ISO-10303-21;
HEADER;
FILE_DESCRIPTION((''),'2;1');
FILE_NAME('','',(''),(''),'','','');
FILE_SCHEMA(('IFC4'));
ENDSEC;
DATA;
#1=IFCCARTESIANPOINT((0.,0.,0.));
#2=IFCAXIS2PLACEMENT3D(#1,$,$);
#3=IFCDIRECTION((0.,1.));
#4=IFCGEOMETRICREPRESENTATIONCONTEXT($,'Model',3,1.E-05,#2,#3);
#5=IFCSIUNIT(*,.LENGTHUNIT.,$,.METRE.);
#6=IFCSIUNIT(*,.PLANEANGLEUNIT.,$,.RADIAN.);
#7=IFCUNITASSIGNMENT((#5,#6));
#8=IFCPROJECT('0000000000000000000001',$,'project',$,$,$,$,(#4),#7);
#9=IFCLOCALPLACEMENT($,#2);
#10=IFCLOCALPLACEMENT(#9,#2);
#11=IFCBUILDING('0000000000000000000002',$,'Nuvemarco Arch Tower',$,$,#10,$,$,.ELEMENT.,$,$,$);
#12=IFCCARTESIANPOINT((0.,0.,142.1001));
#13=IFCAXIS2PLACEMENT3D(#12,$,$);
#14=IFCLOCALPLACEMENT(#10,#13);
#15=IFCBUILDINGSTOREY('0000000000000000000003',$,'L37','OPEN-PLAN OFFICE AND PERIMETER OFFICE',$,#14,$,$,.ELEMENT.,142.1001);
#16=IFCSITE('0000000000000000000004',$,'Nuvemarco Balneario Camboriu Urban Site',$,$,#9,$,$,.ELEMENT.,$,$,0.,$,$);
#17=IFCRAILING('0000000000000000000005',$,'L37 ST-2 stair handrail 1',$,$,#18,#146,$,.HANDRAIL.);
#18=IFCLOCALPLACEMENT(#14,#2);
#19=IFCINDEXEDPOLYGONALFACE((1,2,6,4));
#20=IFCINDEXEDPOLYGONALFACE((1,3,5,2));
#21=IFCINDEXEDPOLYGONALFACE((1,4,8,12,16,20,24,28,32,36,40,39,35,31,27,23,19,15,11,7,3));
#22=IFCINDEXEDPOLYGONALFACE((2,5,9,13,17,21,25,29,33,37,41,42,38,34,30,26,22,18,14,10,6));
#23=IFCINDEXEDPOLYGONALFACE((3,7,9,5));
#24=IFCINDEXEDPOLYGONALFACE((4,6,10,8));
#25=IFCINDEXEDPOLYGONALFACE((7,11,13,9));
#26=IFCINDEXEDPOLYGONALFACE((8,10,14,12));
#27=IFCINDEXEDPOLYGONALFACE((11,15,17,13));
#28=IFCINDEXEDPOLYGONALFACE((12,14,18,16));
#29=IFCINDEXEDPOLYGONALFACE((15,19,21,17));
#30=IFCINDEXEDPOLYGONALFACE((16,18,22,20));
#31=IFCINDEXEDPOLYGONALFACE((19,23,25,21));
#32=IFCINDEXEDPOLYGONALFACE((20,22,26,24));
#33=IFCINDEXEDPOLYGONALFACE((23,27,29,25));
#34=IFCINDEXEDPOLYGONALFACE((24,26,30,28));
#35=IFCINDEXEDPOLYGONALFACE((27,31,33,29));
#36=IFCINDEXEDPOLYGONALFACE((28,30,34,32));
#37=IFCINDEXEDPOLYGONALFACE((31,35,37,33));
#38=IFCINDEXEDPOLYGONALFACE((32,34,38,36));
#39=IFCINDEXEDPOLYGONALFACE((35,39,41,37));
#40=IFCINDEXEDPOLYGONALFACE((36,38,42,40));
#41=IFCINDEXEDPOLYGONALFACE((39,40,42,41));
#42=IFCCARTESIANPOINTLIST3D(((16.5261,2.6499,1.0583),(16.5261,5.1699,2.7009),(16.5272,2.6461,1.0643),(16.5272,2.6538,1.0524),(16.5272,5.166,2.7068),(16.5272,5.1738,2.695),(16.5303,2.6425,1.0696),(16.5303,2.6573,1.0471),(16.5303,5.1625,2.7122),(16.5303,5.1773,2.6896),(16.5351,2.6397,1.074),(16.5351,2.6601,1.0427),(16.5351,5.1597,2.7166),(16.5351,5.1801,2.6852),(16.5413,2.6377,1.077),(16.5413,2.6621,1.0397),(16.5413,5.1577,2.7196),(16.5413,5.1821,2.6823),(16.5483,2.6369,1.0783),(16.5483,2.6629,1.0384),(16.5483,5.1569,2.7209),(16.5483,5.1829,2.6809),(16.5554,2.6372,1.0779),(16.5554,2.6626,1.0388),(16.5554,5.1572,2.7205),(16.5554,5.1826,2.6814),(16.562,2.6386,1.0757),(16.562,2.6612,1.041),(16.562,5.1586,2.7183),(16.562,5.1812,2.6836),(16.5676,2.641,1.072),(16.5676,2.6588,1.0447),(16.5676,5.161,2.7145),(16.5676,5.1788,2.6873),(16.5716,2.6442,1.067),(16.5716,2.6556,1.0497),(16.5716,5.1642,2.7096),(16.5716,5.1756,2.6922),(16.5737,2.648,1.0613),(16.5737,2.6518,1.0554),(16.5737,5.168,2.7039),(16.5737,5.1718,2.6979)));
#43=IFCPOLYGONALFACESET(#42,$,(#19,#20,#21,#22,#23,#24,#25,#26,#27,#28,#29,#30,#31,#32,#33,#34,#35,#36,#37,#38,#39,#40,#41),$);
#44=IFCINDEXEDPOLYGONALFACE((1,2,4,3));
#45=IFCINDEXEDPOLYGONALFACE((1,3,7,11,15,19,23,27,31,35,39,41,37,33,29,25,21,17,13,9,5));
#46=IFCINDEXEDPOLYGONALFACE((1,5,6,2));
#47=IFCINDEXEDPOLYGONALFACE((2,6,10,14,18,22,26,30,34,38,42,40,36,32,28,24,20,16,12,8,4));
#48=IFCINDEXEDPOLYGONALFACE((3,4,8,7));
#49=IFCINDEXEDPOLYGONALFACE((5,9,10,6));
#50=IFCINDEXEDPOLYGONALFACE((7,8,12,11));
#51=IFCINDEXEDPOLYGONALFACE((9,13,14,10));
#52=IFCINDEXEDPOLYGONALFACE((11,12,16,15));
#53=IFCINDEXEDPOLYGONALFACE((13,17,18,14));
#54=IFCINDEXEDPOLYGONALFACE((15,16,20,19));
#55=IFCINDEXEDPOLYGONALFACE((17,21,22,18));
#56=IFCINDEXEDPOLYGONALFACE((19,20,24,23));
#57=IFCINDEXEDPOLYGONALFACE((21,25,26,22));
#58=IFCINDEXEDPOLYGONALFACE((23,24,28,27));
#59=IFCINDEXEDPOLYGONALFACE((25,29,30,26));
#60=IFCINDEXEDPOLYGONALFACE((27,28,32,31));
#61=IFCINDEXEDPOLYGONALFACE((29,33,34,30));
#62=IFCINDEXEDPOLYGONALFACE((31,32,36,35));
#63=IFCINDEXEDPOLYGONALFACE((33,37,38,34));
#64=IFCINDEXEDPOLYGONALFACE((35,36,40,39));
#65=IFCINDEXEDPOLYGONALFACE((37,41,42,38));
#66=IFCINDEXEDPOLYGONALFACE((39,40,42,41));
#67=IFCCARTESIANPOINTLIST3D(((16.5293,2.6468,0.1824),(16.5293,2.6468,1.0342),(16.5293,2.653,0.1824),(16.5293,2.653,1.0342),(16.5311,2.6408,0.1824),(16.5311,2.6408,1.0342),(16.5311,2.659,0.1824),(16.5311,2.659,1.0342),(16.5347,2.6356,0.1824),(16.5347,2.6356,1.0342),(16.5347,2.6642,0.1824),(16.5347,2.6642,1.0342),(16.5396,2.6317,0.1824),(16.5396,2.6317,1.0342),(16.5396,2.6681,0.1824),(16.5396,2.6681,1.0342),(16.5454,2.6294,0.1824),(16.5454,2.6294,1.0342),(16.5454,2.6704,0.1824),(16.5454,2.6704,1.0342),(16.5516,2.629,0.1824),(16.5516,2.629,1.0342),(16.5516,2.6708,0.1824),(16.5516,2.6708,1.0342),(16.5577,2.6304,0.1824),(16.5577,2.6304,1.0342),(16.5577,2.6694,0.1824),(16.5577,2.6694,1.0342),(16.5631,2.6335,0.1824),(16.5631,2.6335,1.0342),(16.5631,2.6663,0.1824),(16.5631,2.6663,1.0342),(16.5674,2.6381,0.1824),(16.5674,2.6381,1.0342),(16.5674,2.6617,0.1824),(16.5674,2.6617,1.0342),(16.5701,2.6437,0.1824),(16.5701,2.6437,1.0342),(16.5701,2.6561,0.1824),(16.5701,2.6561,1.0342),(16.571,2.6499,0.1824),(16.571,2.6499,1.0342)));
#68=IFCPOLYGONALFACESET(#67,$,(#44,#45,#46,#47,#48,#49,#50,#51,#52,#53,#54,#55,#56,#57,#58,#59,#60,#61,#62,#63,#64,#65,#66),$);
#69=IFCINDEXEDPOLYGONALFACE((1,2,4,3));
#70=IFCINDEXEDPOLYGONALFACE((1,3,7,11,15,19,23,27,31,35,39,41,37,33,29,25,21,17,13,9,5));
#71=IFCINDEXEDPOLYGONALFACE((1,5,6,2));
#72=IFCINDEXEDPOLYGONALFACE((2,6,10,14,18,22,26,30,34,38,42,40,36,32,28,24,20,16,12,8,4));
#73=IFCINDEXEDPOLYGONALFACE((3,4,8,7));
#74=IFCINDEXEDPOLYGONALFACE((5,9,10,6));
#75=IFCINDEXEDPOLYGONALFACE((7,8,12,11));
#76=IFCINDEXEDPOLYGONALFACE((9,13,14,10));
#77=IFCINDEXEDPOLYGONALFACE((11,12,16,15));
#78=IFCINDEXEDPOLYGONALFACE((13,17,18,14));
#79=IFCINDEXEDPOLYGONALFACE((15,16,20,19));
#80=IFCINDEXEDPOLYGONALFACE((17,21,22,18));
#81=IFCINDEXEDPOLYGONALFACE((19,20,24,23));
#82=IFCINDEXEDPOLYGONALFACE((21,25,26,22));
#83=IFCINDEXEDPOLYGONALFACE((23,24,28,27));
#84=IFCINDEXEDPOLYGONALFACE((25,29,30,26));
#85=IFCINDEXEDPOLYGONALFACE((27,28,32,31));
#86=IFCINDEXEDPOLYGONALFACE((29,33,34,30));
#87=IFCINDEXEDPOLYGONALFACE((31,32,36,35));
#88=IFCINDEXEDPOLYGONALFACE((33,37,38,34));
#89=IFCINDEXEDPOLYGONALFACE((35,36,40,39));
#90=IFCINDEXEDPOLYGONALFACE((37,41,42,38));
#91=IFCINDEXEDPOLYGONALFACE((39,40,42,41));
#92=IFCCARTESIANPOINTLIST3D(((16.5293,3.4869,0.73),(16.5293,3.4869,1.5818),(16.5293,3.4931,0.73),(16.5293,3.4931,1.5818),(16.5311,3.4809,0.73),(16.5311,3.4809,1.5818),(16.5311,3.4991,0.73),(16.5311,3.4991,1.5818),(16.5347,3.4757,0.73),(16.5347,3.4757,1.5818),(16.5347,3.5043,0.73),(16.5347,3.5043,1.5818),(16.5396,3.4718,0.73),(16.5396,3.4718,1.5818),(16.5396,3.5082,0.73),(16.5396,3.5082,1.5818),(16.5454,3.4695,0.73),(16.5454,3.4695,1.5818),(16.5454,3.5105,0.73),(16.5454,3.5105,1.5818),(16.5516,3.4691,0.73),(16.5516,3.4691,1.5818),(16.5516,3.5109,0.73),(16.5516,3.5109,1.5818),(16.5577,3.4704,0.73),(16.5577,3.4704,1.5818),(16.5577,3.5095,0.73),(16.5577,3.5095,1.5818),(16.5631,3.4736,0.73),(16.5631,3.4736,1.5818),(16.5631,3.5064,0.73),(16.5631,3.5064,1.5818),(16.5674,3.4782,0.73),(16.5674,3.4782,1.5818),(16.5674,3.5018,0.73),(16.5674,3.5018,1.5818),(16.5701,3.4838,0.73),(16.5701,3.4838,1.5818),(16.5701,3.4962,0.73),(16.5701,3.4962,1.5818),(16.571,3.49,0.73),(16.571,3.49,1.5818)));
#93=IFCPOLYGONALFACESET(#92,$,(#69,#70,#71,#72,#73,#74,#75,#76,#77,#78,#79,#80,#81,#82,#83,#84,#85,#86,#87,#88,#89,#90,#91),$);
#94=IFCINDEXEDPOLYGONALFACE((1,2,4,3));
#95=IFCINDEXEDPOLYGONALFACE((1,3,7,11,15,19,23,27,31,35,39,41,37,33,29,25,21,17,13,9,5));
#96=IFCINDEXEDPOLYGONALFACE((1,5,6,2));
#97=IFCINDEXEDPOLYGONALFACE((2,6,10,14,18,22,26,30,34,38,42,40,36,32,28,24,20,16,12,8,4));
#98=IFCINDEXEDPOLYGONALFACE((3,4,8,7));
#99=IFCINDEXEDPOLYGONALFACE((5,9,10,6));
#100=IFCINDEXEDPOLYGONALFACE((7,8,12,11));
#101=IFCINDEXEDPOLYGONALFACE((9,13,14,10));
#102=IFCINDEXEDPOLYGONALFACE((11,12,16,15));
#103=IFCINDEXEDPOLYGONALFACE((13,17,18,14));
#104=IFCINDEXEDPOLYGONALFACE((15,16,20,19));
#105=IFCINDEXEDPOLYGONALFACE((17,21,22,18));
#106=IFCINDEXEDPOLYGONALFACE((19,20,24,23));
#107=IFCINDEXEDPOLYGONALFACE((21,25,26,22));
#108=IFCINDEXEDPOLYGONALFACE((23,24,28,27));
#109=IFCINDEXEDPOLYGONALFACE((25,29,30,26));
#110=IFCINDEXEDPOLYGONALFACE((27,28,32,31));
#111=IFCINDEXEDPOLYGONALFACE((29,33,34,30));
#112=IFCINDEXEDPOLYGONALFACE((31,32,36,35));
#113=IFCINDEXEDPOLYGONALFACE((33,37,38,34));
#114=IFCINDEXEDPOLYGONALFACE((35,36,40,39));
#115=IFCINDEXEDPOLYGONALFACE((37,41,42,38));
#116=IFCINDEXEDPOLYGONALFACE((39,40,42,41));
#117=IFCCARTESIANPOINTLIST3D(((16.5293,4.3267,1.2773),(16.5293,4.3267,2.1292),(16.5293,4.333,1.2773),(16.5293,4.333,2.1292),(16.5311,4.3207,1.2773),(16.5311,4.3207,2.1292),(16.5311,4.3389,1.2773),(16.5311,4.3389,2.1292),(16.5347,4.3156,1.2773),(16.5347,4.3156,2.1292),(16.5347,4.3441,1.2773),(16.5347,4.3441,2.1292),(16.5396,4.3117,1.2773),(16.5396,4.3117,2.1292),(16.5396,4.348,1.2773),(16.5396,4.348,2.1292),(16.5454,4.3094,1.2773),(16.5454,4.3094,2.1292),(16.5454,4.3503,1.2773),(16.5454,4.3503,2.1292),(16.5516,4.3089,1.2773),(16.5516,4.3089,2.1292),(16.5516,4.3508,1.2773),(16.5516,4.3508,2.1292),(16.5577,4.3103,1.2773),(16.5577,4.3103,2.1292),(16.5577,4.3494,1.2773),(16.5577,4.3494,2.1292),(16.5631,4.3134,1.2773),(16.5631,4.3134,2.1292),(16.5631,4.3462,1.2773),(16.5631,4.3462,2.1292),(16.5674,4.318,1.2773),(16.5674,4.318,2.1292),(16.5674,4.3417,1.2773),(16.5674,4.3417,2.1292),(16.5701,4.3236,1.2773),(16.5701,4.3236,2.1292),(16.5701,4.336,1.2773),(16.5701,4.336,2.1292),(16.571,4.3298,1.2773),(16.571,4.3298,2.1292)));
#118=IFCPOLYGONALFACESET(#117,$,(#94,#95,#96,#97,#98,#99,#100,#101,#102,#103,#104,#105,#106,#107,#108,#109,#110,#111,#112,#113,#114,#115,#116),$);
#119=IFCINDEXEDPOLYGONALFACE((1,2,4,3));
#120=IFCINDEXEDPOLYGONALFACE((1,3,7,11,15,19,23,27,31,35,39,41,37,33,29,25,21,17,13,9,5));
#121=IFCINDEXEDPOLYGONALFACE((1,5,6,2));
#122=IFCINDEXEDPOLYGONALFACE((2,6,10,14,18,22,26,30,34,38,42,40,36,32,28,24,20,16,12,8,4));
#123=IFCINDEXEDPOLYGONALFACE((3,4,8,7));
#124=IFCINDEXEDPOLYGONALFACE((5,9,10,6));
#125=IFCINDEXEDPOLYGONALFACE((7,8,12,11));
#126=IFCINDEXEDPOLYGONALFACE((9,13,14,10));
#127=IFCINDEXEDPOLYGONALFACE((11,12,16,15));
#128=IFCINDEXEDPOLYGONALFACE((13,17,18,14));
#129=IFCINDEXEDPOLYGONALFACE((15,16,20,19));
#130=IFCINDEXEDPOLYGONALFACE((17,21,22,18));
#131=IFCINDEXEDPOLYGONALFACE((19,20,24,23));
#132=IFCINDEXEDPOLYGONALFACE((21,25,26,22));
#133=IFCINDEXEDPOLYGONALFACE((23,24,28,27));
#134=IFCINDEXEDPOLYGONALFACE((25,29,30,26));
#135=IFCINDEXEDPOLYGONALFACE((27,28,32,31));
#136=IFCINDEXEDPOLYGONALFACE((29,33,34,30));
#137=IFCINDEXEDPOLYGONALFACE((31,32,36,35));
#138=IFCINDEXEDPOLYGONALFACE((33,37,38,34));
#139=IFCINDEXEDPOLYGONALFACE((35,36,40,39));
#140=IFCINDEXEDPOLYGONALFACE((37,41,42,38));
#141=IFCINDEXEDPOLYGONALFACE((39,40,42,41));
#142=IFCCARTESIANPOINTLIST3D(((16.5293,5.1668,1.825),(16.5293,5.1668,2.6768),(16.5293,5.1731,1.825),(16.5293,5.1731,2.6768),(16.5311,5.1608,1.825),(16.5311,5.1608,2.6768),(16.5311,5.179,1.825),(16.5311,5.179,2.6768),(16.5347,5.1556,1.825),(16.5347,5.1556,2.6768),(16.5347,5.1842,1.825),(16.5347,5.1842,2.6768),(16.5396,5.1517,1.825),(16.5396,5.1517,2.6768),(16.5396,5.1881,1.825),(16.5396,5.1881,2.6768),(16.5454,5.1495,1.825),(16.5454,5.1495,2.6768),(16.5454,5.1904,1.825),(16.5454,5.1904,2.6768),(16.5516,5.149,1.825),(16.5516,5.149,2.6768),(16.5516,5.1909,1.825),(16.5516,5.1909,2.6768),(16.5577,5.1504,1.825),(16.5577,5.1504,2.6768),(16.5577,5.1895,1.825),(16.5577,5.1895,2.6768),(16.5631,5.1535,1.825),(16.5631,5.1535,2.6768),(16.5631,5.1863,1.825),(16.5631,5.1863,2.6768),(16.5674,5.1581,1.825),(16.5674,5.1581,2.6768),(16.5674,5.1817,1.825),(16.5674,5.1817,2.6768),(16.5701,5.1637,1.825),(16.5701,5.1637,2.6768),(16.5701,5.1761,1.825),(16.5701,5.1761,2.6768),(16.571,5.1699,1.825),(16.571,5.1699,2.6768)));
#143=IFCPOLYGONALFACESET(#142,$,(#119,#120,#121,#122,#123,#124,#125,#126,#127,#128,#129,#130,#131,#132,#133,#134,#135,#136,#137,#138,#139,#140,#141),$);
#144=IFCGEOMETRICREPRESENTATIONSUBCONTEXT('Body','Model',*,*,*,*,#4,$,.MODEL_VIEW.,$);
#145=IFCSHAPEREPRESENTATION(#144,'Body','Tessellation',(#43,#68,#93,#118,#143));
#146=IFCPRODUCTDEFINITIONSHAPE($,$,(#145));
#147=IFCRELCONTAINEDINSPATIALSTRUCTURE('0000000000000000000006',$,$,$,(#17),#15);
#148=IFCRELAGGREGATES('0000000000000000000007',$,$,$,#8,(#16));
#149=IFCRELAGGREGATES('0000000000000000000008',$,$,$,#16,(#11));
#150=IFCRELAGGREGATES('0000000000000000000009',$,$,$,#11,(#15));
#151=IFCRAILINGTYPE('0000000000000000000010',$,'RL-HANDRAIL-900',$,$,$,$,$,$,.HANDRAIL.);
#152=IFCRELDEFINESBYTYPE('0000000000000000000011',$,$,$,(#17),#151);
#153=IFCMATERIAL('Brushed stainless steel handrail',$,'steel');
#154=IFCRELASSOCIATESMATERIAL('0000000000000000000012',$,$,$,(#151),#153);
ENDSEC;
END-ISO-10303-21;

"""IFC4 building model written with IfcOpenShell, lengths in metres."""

from ifc_helpers import new_model, si_unit, direction, frame, origin, origin_2d, place, context, subcontext, project, spatial, circle, extrude, material, type_object, element, save


model = new_model("IFC4")

# Units and contexts
model_context = context("Model", 3, precision=1e-05, world=origin(), true_north=direction((0.0, 1.0)))
body_context = subcontext(model_context, "Body", "Model", "MODEL_VIEW")
ifc_project = project(units=[si_unit("LENGTHUNIT", "METRE"), si_unit("PLANEANGLEUNIT", "RADIAN")], contexts=[model_context])

# Site, building, storey
site_placement = place(None, origin())
site = spatial("IfcSite", under=ifc_project, at=site_placement, Name="Nuvemarco Balneario Camboriu Urban Site", CompositionType="ELEMENT", RefElevation=0.0)
building_placement = place(site_placement, origin())
building = spatial("IfcBuilding", under=site, at=building_placement, Name="Nuvemarco Arch Tower", CompositionType="ELEMENT")
storey_placement = place(building_placement, frame((0.0, 0.0, 142.1001)))
storey = spatial("IfcBuildingStorey", under=building, at=storey_placement, Name="L37", Description="OPEN-PLAN OFFICE AND PERIMETER OFFICE", CompositionType="ELEMENT", Elevation=142.1001)

# Railing
ifc_material_1 = material(Name="Brushed stainless steel handrail", Category="steel")
railing_type_1 = type_object("IfcRailingType", Name="RL-HANDRAIL-900", PredefinedType="HANDRAIL", material=ifc_material_1)
railing_1_placement = place(storey_placement, frame((16.55, 2.6499, 0.1824)))
element("IfcRailing", 1, at=railing_1_placement, inside=storey, type_object=railing_type_1, Name="L37 ST-2 stair handrail 1", PredefinedType="HANDRAIL", context=body_context, shape_type="SweptSolid", body=[
    extrude(circle(Radius=0.0239, at=origin_2d()), frame((0.0, 0.0, 0.876), z_axis=(0.0, 0.837749, 0.546055), x_axis=(-1.0, 0.0, 0.0)), (0.0, 0.0, 1.0), 3.0081),
    extrude(circle(Radius=0.021, at=origin_2d()), origin(), (0.0, 0.0, 1.0), 0.8518),
    extrude(circle(Radius=0.021, at=origin_2d()), frame((0.0, 0.8401, 0.5476)), (0.0, 0.0, 1.0), 0.8518),
    extrude(circle(Radius=0.021, at=origin_2d()), frame((0.0, 1.6799, 1.095)), (0.0, 0.0, 1.0), 0.8518),
    extrude(circle(Radius=0.021, at=origin_2d()), frame((0.0, 2.52, 1.6426)), (0.0, 0.0, 1.0), 0.8518),
])

save(model, "model.ifc")
